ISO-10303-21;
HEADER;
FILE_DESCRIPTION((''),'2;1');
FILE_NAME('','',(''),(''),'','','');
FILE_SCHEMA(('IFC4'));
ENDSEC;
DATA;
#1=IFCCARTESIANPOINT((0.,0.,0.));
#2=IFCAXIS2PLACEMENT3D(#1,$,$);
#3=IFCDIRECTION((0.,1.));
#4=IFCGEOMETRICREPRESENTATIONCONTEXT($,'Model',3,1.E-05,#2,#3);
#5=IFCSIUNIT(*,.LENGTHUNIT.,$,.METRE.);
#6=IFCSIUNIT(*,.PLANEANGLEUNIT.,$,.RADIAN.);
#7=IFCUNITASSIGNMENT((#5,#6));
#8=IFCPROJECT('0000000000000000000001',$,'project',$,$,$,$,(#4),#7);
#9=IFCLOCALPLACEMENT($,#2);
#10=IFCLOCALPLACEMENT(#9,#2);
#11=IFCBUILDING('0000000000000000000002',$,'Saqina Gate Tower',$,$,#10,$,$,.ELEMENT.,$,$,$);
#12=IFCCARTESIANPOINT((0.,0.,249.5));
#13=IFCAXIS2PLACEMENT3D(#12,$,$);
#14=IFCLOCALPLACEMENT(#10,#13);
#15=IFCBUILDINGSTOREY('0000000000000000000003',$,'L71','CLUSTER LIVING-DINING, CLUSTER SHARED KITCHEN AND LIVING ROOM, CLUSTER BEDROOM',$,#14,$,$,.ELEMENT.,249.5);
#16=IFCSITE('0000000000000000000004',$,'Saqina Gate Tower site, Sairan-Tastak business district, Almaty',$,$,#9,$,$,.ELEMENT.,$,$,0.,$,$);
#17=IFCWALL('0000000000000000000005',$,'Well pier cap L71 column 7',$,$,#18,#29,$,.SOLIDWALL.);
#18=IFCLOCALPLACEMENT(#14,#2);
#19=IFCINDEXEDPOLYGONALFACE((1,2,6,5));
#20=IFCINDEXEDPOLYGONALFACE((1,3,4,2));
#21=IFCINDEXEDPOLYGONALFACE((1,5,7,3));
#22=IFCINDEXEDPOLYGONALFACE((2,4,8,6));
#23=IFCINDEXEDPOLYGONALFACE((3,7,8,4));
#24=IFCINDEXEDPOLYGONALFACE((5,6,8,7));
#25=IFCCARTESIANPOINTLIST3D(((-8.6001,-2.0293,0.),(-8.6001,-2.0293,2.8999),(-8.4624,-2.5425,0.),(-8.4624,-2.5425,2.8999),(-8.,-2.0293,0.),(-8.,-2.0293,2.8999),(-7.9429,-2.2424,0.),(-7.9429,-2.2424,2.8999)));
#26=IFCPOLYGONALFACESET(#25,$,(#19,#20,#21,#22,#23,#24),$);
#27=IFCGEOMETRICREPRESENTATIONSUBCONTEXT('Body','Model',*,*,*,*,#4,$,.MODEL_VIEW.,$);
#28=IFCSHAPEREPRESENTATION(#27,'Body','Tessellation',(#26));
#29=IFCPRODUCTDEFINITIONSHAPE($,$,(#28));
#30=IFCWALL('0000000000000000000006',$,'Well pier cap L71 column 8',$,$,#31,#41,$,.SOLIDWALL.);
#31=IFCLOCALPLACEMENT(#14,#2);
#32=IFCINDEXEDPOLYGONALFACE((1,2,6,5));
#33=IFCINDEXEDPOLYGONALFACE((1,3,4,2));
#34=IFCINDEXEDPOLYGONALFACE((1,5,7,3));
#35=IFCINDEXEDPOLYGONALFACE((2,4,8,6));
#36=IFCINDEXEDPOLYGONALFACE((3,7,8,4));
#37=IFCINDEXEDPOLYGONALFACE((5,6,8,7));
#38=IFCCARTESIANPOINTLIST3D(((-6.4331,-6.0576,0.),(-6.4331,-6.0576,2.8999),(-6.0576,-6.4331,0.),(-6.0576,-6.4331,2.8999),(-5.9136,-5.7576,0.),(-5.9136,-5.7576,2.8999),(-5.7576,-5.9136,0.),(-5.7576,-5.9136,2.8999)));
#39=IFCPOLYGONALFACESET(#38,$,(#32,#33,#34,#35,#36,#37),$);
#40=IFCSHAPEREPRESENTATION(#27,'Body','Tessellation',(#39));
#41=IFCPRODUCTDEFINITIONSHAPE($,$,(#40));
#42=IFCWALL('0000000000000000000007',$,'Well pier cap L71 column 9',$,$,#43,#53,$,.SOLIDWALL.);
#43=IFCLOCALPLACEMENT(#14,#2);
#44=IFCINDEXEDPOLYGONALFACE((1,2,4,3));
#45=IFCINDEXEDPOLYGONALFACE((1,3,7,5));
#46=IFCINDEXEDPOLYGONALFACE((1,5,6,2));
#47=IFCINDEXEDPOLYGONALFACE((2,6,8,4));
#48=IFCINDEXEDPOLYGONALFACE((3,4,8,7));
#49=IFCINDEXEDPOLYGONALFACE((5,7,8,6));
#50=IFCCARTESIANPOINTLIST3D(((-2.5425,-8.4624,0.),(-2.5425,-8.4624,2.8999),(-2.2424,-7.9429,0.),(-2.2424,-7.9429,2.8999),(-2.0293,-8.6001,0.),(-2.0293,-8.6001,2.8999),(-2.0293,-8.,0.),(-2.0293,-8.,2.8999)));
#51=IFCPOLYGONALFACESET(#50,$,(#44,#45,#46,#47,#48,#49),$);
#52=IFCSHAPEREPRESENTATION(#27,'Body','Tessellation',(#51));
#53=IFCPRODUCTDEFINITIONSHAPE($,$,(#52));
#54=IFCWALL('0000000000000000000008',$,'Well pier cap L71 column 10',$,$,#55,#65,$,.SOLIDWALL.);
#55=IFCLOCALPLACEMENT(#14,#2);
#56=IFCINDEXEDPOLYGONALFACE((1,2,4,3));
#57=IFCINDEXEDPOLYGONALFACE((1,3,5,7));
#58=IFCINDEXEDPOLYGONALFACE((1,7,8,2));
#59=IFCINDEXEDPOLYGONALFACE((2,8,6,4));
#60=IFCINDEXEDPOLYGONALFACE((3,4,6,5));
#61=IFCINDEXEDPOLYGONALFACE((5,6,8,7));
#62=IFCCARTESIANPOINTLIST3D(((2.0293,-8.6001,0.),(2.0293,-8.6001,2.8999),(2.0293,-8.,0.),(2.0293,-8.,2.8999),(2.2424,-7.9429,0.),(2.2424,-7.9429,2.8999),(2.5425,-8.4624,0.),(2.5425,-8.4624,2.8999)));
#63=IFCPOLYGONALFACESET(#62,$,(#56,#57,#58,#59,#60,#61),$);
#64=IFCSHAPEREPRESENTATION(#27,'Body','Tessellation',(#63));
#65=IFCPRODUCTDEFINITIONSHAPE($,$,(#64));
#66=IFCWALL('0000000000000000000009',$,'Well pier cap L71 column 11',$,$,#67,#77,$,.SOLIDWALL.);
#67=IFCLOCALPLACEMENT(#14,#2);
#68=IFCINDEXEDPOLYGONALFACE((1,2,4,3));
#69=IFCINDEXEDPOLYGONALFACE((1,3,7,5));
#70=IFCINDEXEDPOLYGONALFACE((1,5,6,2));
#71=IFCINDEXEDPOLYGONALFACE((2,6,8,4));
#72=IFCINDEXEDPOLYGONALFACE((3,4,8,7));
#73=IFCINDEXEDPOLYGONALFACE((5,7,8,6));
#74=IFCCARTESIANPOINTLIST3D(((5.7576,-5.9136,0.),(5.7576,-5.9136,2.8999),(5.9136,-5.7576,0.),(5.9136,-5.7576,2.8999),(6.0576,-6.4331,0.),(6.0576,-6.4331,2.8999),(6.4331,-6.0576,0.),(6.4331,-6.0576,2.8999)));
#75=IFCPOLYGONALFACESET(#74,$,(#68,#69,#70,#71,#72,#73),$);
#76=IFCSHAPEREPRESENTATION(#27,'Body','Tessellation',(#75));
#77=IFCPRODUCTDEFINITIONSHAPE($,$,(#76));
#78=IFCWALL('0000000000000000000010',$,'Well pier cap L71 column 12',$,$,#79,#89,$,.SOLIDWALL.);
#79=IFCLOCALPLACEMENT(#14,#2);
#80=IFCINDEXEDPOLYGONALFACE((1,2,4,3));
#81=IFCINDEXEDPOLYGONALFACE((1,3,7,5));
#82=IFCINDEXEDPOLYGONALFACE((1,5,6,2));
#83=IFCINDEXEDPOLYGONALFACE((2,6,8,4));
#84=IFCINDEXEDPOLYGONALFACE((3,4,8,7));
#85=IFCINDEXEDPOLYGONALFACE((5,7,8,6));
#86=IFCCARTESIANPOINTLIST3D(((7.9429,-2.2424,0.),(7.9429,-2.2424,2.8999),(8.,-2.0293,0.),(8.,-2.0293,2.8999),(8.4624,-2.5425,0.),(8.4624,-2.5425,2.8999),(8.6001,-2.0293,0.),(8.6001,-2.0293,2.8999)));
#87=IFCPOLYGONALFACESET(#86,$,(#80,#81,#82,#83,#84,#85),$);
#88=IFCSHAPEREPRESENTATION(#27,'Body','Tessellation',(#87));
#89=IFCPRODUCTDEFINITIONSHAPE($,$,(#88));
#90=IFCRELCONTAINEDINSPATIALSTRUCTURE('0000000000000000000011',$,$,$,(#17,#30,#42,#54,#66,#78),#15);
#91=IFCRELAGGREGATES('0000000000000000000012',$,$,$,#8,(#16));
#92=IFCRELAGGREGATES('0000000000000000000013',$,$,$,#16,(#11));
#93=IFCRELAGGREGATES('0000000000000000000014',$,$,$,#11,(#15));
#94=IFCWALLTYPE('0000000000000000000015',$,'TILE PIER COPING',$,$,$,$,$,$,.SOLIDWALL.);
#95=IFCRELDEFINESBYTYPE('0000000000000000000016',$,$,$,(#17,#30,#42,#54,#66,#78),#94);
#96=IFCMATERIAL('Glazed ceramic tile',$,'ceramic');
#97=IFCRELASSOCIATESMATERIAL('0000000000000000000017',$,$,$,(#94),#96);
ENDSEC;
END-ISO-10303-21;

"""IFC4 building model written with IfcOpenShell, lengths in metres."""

from ifc_helpers import new_model, si_unit, direction, frame, origin, place, context, subcontext, project, spatial, polyline, outline, extrude, material, type_object, element, save


model = new_model("IFC4")

# Units and contexts
model_context = context("Model", 3, precision=1e-05, world=origin(), true_north=direction((0.0, 1.0)))
body_context = subcontext(model_context, "Body", "Model", "MODEL_VIEW")
ifc_project = project(units=[si_unit("LENGTHUNIT", "METRE"), si_unit("PLANEANGLEUNIT", "RADIAN")], contexts=[model_context])

# Site, building, storey
site_placement = place(None, origin())
site = spatial("IfcSite", under=ifc_project, at=site_placement, Name="Saqina Gate Tower site, Sairan-Tastak business district, Almaty", CompositionType="ELEMENT", RefElevation=0.0)
building_placement = place(site_placement, origin())
building = spatial("IfcBuilding", under=site, at=building_placement, Name="Saqina Gate Tower", CompositionType="ELEMENT")
storey_placement = place(building_placement, frame((0.0, 0.0, 249.5)))
storey = spatial("IfcBuildingStorey", under=building, at=storey_placement, Name="L71", Description="CLUSTER LIVING-DINING, CLUSTER SHARED KITCHEN AND LIVING ROOM, CLUSTER BEDROOM", CompositionType="ELEMENT", Elevation=249.5)

# Walls
ifc_material_1 = material(Name="Glazed ceramic tile", Category="ceramic")
wall_type_1 = type_object("IfcWallType", Name="TILE PIER COPING", PredefinedType="SOLIDWALL", material=ifc_material_1)
wall_1_placement = place(storey_placement, origin())
element("IfcWall", 1, at=wall_1_placement, inside=storey, type_object=wall_type_1, Name="Well pier cap L71 column 7", PredefinedType="SOLIDWALL", context=body_context, shape_type="SweptSolid", body=[
    extrude(outline(polyline([(-8.4624, -2.5425), (-7.9429, -2.2424), (-8.0, -2.0293), (-8.6001, -2.0293), (-8.4624, -2.5425)])), origin(), (0.0, 0.0, 1.0), 2.8999),
])
wall_2_placement = place(storey_placement, origin())
element("IfcWall", 2, at=wall_2_placement, inside=storey, type_object=wall_type_1, Name="Well pier cap L71 column 8", PredefinedType="SOLIDWALL", context=body_context, shape_type="SweptSolid", body=[
    extrude(outline(polyline([(-6.0576, -6.4331), (-5.7576, -5.9136), (-5.9136, -5.7576), (-6.4331, -6.0576), (-6.0576, -6.4331)])), origin(), (0.0, 0.0, 1.0), 2.8999),
])
wall_3_placement = place(storey_placement, origin())
element("IfcWall", 3, at=wall_3_placement, inside=storey, type_object=wall_type_1, Name="Well pier cap L71 column 9", PredefinedType="SOLIDWALL", context=body_context, shape_type="SweptSolid", body=[
    extrude(outline(polyline([(-2.0293, -8.6001), (-2.0293, -8.0), (-2.2424, -7.9429), (-2.5425, -8.4624), (-2.0293, -8.6001)])), origin(), (0.0, 0.0, 1.0), 2.8999),
])
wall_4_placement = place(storey_placement, origin())
element("IfcWall", 4, at=wall_4_placement, inside=storey, type_object=wall_type_1, Name="Well pier cap L71 column 10", PredefinedType="SOLIDWALL", context=body_context, shape_type="SweptSolid", body=[
    extrude(outline(polyline([(2.5425, -8.4624), (2.2424, -7.9429), (2.0293, -8.0), (2.0293, -8.6001), (2.5425, -8.4624)])), origin(), (0.0, 0.0, 1.0), 2.8999),
])
wall_5_placement = place(storey_placement, origin())
element("IfcWall", 5, at=wall_5_placement, inside=storey, type_object=wall_type_1, Name="Well pier cap L71 column 11", PredefinedType="SOLIDWALL", context=body_context, shape_type="SweptSolid", body=[
    extrude(outline(polyline([(6.4331, -6.0576), (5.9136, -5.7576), (5.7576, -5.9136), (6.0576, -6.4331), (6.4331, -6.0576)])), origin(), (0.0, 0.0, 1.0), 2.8999),
])
wall_6_placement = place(storey_placement, origin())
element("IfcWall", 6, at=wall_6_placement, inside=storey, type_object=wall_type_1, Name="Well pier cap L71 column 12", PredefinedType="SOLIDWALL", context=body_context, shape_type="SweptSolid", body=[
    extrude(outline(polyline([(8.6001, -2.0293), (8.0, -2.0293), (7.9429, -2.2424), (8.4624, -2.5425), (8.6001, -2.0293)])), origin(), (0.0, 0.0, 1.0), 2.8999),
])

save(model, "model.ifc")
